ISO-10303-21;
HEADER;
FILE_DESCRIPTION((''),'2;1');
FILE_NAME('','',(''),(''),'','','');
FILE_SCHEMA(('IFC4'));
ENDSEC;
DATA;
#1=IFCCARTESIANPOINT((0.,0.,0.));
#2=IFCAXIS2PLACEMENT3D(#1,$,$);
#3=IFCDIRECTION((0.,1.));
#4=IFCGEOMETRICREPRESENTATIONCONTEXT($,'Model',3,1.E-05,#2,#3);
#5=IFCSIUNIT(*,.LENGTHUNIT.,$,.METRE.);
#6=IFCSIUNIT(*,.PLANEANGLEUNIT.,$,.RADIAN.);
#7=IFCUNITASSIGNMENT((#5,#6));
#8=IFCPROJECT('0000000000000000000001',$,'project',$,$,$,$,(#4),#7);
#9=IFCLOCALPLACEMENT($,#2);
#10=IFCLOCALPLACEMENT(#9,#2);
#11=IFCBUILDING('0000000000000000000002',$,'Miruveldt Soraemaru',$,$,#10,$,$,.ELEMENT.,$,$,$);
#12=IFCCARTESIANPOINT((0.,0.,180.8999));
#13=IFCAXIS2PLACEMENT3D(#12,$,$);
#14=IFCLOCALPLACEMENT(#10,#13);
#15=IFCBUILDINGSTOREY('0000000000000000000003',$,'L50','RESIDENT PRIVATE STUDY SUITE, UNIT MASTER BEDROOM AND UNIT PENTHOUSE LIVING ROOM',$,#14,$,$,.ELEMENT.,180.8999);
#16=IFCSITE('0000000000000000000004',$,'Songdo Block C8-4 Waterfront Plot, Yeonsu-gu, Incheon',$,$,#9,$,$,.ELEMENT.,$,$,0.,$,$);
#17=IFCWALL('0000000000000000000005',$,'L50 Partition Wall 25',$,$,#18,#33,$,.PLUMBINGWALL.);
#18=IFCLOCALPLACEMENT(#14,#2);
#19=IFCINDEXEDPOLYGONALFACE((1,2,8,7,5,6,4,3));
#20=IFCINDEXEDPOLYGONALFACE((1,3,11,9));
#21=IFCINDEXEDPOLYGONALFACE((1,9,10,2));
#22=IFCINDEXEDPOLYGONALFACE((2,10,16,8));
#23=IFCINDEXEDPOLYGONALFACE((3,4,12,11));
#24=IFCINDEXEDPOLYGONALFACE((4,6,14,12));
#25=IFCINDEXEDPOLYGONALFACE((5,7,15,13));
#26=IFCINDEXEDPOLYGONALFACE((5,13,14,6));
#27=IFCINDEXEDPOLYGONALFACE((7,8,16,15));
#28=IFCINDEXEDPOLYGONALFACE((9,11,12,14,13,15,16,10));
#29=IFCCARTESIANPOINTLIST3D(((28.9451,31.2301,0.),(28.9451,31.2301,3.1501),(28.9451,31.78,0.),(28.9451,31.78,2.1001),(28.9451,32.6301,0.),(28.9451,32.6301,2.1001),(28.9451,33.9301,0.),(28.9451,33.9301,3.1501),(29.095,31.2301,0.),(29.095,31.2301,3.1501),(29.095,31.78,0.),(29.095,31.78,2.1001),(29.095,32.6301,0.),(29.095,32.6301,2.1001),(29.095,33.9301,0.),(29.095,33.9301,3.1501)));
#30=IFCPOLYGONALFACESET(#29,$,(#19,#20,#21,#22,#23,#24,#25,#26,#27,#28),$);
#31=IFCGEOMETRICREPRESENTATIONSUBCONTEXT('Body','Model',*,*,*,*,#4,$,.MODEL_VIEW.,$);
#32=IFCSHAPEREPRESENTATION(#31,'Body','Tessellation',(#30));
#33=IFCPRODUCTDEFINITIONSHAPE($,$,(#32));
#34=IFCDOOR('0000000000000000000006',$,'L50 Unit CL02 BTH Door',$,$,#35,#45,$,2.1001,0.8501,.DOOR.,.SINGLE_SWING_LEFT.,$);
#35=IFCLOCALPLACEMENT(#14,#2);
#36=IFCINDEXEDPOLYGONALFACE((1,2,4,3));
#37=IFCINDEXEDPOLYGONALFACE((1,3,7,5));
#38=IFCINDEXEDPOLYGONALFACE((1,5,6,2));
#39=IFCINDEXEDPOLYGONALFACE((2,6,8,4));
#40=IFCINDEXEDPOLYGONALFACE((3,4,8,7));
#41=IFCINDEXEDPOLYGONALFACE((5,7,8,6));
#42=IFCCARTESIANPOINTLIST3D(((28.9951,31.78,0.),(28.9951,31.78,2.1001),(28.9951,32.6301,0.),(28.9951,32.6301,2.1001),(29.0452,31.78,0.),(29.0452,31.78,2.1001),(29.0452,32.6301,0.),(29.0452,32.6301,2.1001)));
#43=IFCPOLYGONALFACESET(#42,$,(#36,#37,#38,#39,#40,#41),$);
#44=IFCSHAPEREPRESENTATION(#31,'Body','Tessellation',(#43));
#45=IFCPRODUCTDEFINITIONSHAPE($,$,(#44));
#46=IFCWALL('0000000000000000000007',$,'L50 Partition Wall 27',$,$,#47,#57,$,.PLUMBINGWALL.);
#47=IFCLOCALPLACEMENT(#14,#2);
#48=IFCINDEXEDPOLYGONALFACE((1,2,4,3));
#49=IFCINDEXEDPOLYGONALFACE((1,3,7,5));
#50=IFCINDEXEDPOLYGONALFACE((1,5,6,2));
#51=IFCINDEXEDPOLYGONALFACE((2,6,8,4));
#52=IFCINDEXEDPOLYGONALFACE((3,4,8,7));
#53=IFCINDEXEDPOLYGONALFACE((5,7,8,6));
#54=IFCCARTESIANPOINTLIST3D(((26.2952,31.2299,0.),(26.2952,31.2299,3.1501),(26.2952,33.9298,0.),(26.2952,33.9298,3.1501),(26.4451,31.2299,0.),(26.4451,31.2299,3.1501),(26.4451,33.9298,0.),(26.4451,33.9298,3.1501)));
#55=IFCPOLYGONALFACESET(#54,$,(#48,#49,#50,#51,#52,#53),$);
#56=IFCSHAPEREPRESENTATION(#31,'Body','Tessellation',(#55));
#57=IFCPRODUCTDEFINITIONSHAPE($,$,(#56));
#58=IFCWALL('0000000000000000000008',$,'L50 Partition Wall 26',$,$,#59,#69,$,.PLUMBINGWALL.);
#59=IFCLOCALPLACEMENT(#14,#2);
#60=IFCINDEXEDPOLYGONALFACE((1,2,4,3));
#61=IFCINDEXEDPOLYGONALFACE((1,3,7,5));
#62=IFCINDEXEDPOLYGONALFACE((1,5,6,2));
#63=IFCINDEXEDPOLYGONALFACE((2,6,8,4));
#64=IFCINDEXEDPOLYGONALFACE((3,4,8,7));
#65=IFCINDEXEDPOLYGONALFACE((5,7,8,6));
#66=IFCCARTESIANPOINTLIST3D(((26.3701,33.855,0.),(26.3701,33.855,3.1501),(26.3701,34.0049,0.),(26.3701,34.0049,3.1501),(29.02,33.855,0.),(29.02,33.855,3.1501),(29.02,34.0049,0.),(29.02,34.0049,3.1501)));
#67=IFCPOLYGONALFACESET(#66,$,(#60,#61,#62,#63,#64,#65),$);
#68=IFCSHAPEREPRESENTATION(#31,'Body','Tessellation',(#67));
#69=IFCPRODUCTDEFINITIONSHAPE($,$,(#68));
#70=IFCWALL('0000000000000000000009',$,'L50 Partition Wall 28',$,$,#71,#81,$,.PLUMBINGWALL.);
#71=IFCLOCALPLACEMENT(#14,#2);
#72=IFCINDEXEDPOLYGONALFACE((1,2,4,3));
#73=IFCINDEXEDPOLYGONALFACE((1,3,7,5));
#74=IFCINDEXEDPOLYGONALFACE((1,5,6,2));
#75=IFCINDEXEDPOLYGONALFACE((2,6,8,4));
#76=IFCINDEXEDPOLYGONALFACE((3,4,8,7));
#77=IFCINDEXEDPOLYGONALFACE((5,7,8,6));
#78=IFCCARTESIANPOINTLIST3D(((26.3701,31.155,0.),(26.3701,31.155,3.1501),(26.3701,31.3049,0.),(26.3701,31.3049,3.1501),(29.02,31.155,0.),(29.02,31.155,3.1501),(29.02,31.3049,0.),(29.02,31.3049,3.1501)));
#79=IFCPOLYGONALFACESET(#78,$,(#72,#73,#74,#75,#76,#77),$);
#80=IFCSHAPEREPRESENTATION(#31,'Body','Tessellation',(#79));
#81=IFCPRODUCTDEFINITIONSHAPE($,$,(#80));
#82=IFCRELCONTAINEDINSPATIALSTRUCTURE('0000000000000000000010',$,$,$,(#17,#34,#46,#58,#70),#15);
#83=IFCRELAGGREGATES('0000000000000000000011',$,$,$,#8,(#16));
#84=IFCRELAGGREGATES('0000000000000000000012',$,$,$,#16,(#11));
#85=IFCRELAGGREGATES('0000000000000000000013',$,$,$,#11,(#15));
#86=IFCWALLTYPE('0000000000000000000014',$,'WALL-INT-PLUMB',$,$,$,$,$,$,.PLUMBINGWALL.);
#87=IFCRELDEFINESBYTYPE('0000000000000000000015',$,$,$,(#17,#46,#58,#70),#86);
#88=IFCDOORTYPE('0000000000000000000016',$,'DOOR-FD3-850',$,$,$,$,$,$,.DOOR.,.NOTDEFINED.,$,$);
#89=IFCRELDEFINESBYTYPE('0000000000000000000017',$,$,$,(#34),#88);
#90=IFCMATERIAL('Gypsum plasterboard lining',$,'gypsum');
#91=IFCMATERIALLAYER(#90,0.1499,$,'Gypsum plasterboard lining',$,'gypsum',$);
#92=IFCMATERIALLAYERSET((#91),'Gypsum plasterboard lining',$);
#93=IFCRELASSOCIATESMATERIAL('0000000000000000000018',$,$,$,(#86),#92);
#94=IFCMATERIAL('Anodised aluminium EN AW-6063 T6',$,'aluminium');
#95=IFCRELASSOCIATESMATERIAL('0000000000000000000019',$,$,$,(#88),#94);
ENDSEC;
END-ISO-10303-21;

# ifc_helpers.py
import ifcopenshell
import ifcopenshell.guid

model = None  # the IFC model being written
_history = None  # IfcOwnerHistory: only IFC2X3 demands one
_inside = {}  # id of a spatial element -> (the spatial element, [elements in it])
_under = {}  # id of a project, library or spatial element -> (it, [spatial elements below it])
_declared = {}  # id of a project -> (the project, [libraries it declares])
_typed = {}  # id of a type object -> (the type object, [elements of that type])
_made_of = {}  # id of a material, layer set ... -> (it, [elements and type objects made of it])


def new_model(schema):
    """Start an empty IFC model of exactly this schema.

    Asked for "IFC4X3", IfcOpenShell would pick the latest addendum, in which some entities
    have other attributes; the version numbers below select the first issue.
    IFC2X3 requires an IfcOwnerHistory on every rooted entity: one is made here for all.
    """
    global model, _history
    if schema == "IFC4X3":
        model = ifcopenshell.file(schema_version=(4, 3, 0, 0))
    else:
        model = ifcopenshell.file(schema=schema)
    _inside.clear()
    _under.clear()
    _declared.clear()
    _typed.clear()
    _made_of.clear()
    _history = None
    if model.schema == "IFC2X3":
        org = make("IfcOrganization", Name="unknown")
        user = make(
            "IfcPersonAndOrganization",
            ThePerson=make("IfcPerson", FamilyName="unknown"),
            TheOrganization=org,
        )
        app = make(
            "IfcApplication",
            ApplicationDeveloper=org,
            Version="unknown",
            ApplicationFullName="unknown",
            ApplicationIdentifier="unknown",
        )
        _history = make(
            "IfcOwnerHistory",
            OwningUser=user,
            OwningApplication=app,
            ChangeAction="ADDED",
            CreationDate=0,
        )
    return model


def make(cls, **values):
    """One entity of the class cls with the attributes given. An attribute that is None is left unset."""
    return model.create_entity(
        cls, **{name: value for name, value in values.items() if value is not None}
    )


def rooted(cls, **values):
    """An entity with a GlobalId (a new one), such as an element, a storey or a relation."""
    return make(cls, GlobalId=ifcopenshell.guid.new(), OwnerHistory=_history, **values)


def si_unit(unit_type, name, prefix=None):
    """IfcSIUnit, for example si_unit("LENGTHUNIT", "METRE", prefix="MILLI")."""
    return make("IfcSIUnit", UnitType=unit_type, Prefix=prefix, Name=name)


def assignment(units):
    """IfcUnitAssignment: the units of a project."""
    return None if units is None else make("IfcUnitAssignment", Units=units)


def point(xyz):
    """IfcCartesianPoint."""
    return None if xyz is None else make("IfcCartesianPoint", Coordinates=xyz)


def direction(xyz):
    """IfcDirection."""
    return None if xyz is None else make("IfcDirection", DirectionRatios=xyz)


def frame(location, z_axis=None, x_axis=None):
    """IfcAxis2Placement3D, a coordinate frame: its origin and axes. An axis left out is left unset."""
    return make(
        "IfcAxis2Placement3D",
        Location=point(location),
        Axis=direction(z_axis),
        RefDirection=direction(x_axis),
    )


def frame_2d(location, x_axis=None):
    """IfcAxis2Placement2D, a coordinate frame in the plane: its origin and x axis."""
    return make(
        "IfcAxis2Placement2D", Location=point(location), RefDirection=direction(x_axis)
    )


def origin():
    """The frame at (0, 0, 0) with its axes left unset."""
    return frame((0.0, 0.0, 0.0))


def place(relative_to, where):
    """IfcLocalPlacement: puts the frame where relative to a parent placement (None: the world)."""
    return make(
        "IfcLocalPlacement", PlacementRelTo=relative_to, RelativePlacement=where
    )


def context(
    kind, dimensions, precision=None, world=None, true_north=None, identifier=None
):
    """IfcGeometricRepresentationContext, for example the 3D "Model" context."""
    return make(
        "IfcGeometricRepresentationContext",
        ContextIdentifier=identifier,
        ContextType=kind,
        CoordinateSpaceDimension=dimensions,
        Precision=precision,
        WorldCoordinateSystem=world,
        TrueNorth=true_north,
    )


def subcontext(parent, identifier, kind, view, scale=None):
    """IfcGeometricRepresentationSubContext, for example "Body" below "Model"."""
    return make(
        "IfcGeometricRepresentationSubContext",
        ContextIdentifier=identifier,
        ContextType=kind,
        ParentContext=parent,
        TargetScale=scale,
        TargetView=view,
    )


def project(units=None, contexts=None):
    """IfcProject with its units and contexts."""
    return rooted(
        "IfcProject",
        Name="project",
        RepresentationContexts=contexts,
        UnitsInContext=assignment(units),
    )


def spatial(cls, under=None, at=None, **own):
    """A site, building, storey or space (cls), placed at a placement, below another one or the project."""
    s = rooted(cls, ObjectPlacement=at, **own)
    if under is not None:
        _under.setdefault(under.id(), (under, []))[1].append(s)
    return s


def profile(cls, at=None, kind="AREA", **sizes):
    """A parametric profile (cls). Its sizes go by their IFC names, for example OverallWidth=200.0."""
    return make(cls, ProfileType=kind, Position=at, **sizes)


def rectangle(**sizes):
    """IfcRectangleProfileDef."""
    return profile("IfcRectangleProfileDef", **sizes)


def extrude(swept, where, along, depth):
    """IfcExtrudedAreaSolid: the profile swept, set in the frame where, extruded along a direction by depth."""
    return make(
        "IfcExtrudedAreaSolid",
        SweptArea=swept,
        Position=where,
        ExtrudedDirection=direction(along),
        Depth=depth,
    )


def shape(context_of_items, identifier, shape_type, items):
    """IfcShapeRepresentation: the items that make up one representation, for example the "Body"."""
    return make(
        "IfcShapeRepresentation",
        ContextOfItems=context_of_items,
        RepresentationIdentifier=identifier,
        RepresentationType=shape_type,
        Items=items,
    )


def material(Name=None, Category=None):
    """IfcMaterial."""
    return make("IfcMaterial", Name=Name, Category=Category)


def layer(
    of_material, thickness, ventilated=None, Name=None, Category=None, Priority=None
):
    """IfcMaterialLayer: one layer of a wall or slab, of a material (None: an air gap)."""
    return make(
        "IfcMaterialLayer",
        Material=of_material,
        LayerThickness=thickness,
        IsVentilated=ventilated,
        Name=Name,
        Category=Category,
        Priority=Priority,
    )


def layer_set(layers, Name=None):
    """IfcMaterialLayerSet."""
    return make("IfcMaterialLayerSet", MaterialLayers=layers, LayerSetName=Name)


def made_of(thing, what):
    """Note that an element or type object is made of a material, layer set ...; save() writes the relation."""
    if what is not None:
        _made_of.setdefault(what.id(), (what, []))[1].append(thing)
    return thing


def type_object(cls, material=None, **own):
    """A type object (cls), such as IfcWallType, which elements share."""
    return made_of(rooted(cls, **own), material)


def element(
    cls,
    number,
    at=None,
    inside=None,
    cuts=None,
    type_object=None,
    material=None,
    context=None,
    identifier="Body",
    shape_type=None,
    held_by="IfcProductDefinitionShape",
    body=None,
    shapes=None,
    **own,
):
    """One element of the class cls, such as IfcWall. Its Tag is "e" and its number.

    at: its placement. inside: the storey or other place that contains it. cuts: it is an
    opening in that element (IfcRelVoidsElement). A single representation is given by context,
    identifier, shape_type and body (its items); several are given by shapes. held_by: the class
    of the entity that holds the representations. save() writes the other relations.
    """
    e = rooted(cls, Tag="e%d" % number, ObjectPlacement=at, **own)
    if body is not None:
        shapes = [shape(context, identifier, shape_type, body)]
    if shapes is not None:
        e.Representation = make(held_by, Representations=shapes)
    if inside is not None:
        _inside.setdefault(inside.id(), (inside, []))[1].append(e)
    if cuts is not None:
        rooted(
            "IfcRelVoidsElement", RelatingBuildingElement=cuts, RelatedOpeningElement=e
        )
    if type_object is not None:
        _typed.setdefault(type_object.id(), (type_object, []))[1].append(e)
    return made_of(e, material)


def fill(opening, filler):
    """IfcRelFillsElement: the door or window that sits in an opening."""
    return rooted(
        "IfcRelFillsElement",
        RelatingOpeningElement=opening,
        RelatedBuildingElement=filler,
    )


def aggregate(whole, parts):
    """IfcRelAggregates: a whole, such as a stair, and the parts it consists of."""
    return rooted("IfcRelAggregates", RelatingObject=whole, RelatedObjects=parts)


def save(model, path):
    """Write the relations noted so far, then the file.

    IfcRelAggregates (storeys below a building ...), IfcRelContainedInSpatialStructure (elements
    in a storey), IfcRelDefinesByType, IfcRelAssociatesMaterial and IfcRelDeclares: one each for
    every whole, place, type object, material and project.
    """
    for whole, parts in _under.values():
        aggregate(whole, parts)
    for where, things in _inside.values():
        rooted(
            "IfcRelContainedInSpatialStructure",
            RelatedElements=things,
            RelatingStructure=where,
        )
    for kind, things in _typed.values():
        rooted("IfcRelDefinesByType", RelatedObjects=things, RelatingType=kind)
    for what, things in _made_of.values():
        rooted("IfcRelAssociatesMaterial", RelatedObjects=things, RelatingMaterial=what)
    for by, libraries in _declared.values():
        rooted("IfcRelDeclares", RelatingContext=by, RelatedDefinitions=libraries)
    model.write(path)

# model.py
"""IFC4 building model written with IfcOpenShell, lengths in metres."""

from ifc_helpers import new_model, si_unit, direction, frame, frame_2d, origin, place, context, subcontext, project, spatial, rectangle, extrude, material, layer, layer_set, type_object, element, fill, save


model = new_model("IFC4")

# Units and contexts
model_context = context("Model", 3, precision=1e-05, world=origin(), true_north=direction((0.0, 1.0)))
body_context = subcontext(model_context, "Body", "Model", "MODEL_VIEW")
ifc_project = project(units=[si_unit("LENGTHUNIT", "METRE"), si_unit("PLANEANGLEUNIT", "RADIAN")], contexts=[model_context])

# Site, building, storey
site_placement = place(None, origin())
site = spatial("IfcSite", under=ifc_project, at=site_placement, Name="Songdo Block C8-4 Waterfront Plot, Yeonsu-gu, Incheon", CompositionType="ELEMENT", RefElevation=0.0)
building_placement = place(site_placement, origin())
building = spatial("IfcBuilding", under=site, at=building_placement, Name="Miruveldt Soraemaru", CompositionType="ELEMENT")
storey_placement = place(building_placement, frame((0.0, 0.0, 180.8999)))
storey = spatial("IfcBuildingStorey", under=building, at=storey_placement, Name="L50", Description="RESIDENT PRIVATE STUDY SUITE, UNIT MASTER BEDROOM AND UNIT PENTHOUSE LIVING ROOM", CompositionType="ELEMENT", Elevation=180.8999)

# Wall, opening, door
ifc_material_1 = material(Name="Gypsum plasterboard lining", Category="gypsum")
ifc_layer_1 = layer(ifc_material_1, 0.1499, Name="Gypsum plasterboard lining", Category="gypsum")
ifc_layer_set_1 = layer_set([ifc_layer_1], Name="Gypsum plasterboard lining")
wall_type_1 = type_object("IfcWallType", Name="WALL-INT-PLUMB", PredefinedType="PLUMBINGWALL", material=ifc_layer_set_1)
wall_1_placement = place(storey_placement, frame((29.02, 31.23, 0.0), z_axis=(0.0, 0.0, 1.0), x_axis=(0.0, 1.0, 0.0)))
wall_1 = element("IfcWall", 1, at=wall_1_placement, inside=storey, type_object=wall_type_1, Name="L50 Partition Wall 25", PredefinedType="PLUMBINGWALL", context=body_context, shape_type="SweptSolid", body=[
    extrude(rectangle(XDim=2.7, YDim=0.1499, at=frame_2d((1.3501, 0.0))), origin(), (0.0, 0.0, 1.0), 3.1501),
])
opening_1_placement = place(wall_1_placement, frame((0.55, 0.0, 0.0)))
opening_1 = element("IfcOpeningElement", 2, at=opening_1_placement, cuts=wall_1, PredefinedType="OPENING", context=body_context, shape_type="SweptSolid", body=[
    extrude(rectangle(XDim=0.8501, YDim=2.1001, at=frame_2d((0.425, 1.05))), frame((0.0, 0.085, 0.0), z_axis=(0.0, -1.0, 0.0), x_axis=(1.0, 0.0, 0.0)), (0.0, 0.0, 1.0), 0.1699),
])
ifc_material_2 = material(Name="Anodised aluminium EN AW-6063 T6", Category="aluminium")
door_type = type_object("IfcDoorType", Name="DOOR-FD3-850", OperationType="NOTDEFINED", PredefinedType="DOOR", material=ifc_material_2)
door_placement = place(opening_1_placement, origin())
door = element("IfcDoor", 3, at=door_placement, inside=storey, type_object=door_type, Name="L50 Unit CL02 BTH Door", OperationType="SINGLE_SWING_LEFT", OverallHeight=2.1001, OverallWidth=0.8501, PredefinedType="DOOR", context=body_context, shape_type="SweptSolid", body=[
    extrude(rectangle(XDim=0.8501, YDim=2.1001, at=frame_2d((0.425, 1.05))), frame((0.0, 0.0249, 0.0), z_axis=(0.0, -1.0, 0.0), x_axis=(1.0, 0.0, 0.0)), (0.0, 0.0, 1.0), 0.05),
])
fill(opening_1, door)

# Walls
wall_2_placement = place(storey_placement, frame((26.3701, 33.9299, 0.0), z_axis=(0.0, 0.0, 1.0), x_axis=(0.0, -1.0, 0.0)))
element("IfcWall", 4, at=wall_2_placement, inside=storey, type_object=wall_type_1, Name="L50 Partition Wall 27", PredefinedType="PLUMBINGWALL", context=body_context, shape_type="SweptSolid", body=[
    extrude(rectangle(XDim=2.7, YDim=0.1499, at=frame_2d((1.3501, 0.0))), origin(), (0.0, 0.0, 1.0), 3.1501),
])
for number, where, z_axis, x_axis, name in (
    (5, (29.02, 33.9299, 0.0), (0.0, 0.0, 1.0), (-1.0, 0.0, 0.0), "L50 Partition Wall 26"),
    (6, (26.3701, 31.23, 0.0), (0.0, 0.0, 1.0), (1.0, 0.0, 0.0), "L50 Partition Wall 28"),
):
    element("IfcWall", number, at=place(storey_placement, frame(where, z_axis=z_axis, x_axis=x_axis)), inside=storey, type_object=wall_type_1, Name=name, PredefinedType="PLUMBINGWALL", context=body_context, shape_type="SweptSolid", body=[
        extrude(rectangle(XDim=2.6499, YDim=0.1499, at=frame_2d((1.325, 0.0))), origin(), (0.0, 0.0, 1.0), 3.1501),
    ])

save(model, "model.ifc")
